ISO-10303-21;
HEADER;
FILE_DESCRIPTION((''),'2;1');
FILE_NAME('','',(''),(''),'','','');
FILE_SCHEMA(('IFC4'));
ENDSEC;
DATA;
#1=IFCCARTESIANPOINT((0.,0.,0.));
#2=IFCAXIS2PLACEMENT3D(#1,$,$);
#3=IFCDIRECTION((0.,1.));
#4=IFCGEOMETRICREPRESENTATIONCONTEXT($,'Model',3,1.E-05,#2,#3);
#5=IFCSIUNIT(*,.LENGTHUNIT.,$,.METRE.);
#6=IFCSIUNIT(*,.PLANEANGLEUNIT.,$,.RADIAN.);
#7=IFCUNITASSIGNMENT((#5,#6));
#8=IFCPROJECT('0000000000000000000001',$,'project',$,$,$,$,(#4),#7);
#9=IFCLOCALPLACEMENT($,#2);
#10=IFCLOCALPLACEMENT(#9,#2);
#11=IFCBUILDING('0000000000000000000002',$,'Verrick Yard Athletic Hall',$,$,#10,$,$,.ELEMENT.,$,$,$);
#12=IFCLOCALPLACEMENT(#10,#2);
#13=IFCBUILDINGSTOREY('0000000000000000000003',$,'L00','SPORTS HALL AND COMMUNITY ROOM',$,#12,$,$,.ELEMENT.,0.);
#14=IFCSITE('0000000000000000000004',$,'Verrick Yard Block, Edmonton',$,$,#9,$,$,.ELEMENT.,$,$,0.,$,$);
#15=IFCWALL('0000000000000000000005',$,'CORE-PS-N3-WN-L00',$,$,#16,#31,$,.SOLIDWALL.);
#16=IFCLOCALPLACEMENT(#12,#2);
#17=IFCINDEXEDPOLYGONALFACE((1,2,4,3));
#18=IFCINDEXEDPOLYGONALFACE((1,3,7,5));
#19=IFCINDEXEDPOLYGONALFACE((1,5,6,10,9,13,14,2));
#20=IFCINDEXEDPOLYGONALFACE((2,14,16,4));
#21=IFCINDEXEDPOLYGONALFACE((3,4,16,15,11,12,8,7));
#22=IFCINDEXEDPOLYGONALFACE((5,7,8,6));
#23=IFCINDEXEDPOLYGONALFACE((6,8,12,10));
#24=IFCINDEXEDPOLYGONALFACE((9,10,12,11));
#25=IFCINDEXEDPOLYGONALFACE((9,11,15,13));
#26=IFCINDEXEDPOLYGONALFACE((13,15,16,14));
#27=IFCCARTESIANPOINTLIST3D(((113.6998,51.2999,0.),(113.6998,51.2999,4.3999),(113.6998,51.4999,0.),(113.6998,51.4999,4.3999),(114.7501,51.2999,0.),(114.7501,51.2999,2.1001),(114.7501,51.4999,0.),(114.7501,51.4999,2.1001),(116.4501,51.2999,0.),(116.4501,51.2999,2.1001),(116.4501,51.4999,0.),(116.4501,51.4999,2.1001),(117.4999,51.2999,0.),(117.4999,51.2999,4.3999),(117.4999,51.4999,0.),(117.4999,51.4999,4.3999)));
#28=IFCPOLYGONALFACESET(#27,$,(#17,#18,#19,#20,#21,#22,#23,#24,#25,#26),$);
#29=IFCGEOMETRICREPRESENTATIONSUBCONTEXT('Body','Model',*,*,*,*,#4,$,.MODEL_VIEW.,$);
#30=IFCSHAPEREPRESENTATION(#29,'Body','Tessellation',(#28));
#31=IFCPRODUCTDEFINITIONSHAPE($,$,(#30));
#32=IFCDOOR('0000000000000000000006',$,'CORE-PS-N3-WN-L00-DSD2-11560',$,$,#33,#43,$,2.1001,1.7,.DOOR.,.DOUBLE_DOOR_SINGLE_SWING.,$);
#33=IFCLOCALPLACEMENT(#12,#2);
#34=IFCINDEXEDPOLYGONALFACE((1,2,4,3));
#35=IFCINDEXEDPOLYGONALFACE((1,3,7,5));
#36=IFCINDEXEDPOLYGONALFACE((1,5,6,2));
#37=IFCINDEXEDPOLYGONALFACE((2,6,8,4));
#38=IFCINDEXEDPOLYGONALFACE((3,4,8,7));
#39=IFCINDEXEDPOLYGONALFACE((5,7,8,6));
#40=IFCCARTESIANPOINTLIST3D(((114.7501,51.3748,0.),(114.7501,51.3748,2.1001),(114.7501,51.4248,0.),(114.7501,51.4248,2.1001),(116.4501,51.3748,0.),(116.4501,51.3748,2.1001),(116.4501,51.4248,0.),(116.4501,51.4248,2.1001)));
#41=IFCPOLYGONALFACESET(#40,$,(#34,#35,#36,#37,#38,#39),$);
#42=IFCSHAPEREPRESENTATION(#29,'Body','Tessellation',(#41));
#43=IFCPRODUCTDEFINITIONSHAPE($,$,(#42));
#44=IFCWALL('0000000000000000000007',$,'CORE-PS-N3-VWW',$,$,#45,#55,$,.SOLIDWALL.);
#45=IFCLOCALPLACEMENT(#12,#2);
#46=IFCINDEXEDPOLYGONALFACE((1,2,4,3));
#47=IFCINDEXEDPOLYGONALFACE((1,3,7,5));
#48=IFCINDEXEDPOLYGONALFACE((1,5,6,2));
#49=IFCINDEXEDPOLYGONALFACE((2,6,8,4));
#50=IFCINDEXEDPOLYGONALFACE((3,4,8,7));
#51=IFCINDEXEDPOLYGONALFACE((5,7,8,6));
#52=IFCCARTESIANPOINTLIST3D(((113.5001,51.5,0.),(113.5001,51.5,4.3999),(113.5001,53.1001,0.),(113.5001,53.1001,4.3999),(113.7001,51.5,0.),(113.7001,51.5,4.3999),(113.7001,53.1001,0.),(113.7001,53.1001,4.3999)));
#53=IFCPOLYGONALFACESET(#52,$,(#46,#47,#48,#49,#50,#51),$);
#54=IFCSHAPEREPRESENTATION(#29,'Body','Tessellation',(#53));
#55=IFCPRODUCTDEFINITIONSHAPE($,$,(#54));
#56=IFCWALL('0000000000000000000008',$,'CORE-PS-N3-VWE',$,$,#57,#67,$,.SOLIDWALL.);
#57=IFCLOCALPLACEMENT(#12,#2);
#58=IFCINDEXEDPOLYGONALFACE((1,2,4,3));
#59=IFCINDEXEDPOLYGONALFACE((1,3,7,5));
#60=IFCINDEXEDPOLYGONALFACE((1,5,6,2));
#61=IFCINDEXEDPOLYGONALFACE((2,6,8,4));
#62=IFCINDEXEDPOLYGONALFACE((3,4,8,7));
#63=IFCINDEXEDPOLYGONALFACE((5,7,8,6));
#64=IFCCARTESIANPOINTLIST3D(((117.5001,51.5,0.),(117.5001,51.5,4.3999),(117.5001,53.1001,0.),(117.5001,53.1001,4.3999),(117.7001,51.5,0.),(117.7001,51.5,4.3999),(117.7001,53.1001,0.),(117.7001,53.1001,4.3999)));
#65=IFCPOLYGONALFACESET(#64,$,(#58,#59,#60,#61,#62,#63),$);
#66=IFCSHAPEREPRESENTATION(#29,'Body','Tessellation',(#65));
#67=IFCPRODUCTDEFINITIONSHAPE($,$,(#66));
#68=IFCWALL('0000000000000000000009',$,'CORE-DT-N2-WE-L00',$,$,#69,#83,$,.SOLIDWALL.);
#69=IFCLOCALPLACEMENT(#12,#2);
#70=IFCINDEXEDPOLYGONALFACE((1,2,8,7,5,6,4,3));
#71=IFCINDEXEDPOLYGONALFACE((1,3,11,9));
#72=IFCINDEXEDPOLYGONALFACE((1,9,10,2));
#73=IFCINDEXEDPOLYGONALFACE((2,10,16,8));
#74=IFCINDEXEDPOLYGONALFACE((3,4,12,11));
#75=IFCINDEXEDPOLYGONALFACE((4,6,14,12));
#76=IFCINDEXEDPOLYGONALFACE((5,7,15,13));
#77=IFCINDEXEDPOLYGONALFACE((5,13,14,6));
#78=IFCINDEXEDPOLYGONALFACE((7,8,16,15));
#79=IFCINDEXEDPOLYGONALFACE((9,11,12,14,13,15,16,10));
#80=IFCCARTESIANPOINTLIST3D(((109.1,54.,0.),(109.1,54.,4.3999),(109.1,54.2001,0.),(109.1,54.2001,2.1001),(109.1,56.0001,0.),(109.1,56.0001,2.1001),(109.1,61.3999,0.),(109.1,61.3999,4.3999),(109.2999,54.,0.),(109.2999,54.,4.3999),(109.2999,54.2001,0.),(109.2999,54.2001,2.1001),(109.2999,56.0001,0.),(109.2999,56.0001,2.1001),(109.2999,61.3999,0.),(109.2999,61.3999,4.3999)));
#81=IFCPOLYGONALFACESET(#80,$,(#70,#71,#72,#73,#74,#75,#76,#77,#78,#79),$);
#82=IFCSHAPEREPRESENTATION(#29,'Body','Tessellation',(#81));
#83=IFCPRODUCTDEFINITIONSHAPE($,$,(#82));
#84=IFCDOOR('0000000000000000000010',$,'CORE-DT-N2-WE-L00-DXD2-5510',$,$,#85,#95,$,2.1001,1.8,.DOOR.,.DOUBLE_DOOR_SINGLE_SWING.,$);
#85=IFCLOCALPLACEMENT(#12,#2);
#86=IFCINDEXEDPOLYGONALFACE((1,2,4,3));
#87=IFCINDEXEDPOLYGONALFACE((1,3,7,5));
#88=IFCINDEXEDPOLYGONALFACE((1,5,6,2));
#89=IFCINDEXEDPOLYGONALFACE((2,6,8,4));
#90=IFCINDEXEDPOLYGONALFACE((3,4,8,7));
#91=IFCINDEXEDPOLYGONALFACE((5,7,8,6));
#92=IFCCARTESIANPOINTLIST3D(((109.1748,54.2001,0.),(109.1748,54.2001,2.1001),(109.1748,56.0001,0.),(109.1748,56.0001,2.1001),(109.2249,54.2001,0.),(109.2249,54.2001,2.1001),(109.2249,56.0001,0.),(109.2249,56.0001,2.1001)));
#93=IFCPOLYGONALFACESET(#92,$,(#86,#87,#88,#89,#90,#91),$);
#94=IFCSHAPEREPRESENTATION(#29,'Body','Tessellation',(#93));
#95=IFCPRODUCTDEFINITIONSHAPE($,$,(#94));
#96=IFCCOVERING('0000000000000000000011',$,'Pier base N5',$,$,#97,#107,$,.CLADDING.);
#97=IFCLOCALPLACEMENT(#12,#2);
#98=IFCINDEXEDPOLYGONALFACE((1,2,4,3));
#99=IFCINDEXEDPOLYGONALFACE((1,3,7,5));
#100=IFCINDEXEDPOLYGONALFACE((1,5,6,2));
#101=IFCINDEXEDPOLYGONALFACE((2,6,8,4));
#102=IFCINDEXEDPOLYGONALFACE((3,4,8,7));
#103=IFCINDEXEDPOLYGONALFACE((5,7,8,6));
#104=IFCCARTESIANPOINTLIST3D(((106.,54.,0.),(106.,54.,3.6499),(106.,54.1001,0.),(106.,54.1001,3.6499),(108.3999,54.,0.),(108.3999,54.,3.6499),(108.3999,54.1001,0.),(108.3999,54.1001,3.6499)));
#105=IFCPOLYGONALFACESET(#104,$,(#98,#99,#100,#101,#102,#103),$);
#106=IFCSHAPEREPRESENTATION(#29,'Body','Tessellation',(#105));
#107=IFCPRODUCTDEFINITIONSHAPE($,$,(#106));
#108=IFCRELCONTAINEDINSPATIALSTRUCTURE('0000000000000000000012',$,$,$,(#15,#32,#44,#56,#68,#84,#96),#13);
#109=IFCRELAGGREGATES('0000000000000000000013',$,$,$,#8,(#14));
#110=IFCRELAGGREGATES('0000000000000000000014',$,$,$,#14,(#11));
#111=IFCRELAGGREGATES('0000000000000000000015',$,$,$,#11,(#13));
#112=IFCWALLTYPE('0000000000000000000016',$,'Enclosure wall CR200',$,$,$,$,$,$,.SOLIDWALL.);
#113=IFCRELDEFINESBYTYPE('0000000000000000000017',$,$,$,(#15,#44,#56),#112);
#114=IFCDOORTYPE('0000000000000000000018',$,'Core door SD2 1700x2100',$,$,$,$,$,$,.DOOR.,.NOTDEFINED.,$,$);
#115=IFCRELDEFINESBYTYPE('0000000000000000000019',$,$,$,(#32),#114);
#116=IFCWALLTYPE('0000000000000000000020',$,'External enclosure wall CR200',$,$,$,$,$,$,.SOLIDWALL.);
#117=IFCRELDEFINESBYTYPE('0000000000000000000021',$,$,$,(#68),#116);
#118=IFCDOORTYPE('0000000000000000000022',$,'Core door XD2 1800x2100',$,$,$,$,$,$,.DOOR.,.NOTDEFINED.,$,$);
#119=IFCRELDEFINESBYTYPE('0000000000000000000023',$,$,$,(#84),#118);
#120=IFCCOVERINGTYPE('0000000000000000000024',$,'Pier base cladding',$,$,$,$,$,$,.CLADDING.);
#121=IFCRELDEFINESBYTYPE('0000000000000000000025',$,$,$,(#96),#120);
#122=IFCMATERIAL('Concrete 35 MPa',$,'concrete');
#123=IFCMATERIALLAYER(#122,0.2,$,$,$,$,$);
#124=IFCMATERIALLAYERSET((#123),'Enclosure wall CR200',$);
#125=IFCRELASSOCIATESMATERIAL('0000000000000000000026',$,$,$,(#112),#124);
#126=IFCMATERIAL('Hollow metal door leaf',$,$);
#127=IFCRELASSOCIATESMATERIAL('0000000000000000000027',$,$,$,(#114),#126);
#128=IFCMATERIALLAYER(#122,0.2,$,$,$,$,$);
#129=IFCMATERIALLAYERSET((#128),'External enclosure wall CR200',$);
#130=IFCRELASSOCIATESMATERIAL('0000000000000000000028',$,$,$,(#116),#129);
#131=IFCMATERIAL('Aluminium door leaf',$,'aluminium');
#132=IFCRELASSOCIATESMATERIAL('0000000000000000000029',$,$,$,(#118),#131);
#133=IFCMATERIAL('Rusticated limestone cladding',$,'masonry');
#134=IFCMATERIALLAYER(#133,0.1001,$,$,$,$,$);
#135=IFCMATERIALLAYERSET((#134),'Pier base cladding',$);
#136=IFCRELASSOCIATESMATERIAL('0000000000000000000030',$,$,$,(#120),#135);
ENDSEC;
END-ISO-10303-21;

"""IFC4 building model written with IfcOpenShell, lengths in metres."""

from ifc_helpers import new_model, si_unit, direction, frame, frame_2d, origin, origin_2d, place, context, subcontext, project, spatial, rectangle, extrude, material, layer, layer_set, type_object, element, fill, save


model = new_model("IFC4")

# Units and contexts
model_context = context("Model", 3, precision=1e-05, world=origin(), true_north=direction((0.0, 1.0)))
body_context = subcontext(model_context, "Body", "Model", "MODEL_VIEW")
ifc_project = project(units=[si_unit("LENGTHUNIT", "METRE"), si_unit("PLANEANGLEUNIT", "RADIAN")], contexts=[model_context])

# Site, building, storey
site_placement = place(None, origin())
site = spatial("IfcSite", under=ifc_project, at=site_placement, Name="Verrick Yard Block, Edmonton", CompositionType="ELEMENT", RefElevation=0.0)
building_placement = place(site_placement, origin())
building = spatial("IfcBuilding", under=site, at=building_placement, Name="Verrick Yard Athletic Hall", CompositionType="ELEMENT")
storey_placement = place(building_placement, origin())
storey = spatial("IfcBuildingStorey", under=building, at=storey_placement, Name="L00", Description="SPORTS HALL AND COMMUNITY ROOM", CompositionType="ELEMENT", Elevation=0.0)

# Shared definitions
ifc_material_1 = material(Name="Concrete 35 MPa", Category="concrete")

# Wall, opening, door
ifc_layer_1 = layer(ifc_material_1, 0.2)
ifc_layer_set_1 = layer_set([ifc_layer_1], Name="Enclosure wall CR200")
wall_type_1 = type_object("IfcWallType", Name="Enclosure wall CR200", PredefinedType="SOLIDWALL", material=ifc_layer_set_1)
wall_1_placement = place(storey_placement, frame((113.7, 51.3999, 0.0), z_axis=(0.0, 0.0, 1.0), x_axis=(1.0, 0.0, 0.0)))
wall_1 = element("IfcWall", 1, at=wall_1_placement, inside=storey, type_object=wall_type_1, Name="CORE-PS-N3-WN-L00", PredefinedType="SOLIDWALL", context=body_context, shape_type="SweptSolid", body=[
    extrude(rectangle(XDim=3.8, YDim=0.2, at=frame_2d((1.8999, 0.0))), origin(), (0.0, 0.0, 1.0), 4.3999),
])
opening_1_placement = place(wall_1_placement, frame((1.05, 0.0, 0.0)))
opening_1 = element("IfcOpeningElement", 2, at=opening_1_placement, cuts=wall_1, PredefinedType="OPENING", context=body_context, shape_type="SweptSolid", body=[
    extrude(rectangle(XDim=1.7, YDim=2.1001, at=frame_2d((0.8501, 1.05))), frame((0.0, 0.1099, 0.0), z_axis=(0.0, -1.0, 0.0), x_axis=(1.0, 0.0, 0.0)), (0.0, 0.0, 1.0), 0.22),
])
ifc_material_2 = material(Name="Hollow metal door leaf")
door_type_1 = type_object("IfcDoorType", Name="Core door SD2 1700x2100", OperationType="NOTDEFINED", PredefinedType="DOOR", material=ifc_material_2)
door_1_placement = place(opening_1_placement, origin())
door_1 = element("IfcDoor", 3, at=door_1_placement, inside=storey, type_object=door_type_1, Name="CORE-PS-N3-WN-L00-DSD2-11560", OperationType="DOUBLE_DOOR_SINGLE_SWING", OverallHeight=2.1001, OverallWidth=1.7, PredefinedType="DOOR", context=body_context, shape_type="SweptSolid", body=[
    extrude(rectangle(XDim=1.7, YDim=2.1001, at=frame_2d((0.8501, 1.05))), frame((0.0, 0.0249, 0.0), z_axis=(0.0, -1.0, 0.0), x_axis=(1.0, 0.0, 0.0)), (0.0, 0.0, 1.0), 0.05),
])
fill(opening_1, door_1)

# Walls
for number, where, z_axis, x_axis, name in (
    (4, (113.6001, 51.5, 0.0), (0.0, 0.0, 1.0), (0.0, 1.0, 0.0), "CORE-PS-N3-VWW"),
    (5, (117.6001, 51.5, 0.0), (0.0, 0.0, 1.0), (0.0, 1.0, 0.0), "CORE-PS-N3-VWE"),
):
    element("IfcWall", number, at=place(storey_placement, frame(where, z_axis=z_axis, x_axis=x_axis)), inside=storey, type_object=wall_type_1, Name=name, PredefinedType="SOLIDWALL", context=body_context, shape_type="SweptSolid", body=[
        extrude(rectangle(XDim=1.6001, YDim=0.2, at=frame_2d((0.8, 0.0))), origin(), (0.0, 0.0, 1.0), 4.3999),
    ])

# Wall, opening, door
ifc_layer_2 = layer(ifc_material_1, 0.2)
ifc_layer_set_2 = layer_set([ifc_layer_2], Name="External enclosure wall CR200")
wall_type_2 = type_object("IfcWallType", Name="External enclosure wall CR200", PredefinedType="SOLIDWALL", material=ifc_layer_set_2)
wall_2_placement = place(storey_placement, frame((109.2, 61.3999, 0.0), z_axis=(0.0, 0.0, 1.0), x_axis=(0.0, -1.0, 0.0)))
wall_2 = element("IfcWall", 6, at=wall_2_placement, inside=storey, type_object=wall_type_2, Name="CORE-DT-N2-WE-L00", PredefinedType="SOLIDWALL", context=body_context, shape_type="SweptSolid", body=[
    extrude(rectangle(XDim=7.3999, YDim=0.2, at=frame_2d((3.7, 0.0))), origin(), (0.0, 0.0, 1.0), 4.3999),
])
opening_2_placement = place(wall_2_placement, frame((5.3999, 0.0, 0.0)))
opening_2 = element("IfcOpeningElement", 7, at=opening_2_placement, cuts=wall_2, PredefinedType="OPENING", context=body_context, shape_type="SweptSolid", body=[
    extrude(rectangle(XDim=1.8, YDim=2.1001, at=frame_2d((0.8999, 1.05))), frame((0.0, 0.1099, 0.0), z_axis=(0.0, -1.0, 0.0), x_axis=(1.0, 0.0, 0.0)), (0.0, 0.0, 1.0), 0.22),
])
ifc_material_3 = material(Name="Aluminium door leaf", Category="aluminium")
door_type_2 = type_object("IfcDoorType", Name="Core door XD2 1800x2100", OperationType="NOTDEFINED", PredefinedType="DOOR", material=ifc_material_3)
door_2_placement = place(opening_2_placement, origin())
door_2 = element("IfcDoor", 8, at=door_2_placement, inside=storey, type_object=door_type_2, Name="CORE-DT-N2-WE-L00-DXD2-5510", OperationType="DOUBLE_DOOR_SINGLE_SWING", OverallHeight=2.1001, OverallWidth=1.8, PredefinedType="DOOR", context=body_context, shape_type="SweptSolid", body=[
    extrude(rectangle(XDim=1.8, YDim=2.1001, at=frame_2d((0.8999, 1.05))), frame((0.0, 0.0249, 0.0), z_axis=(0.0, -1.0, 0.0), x_axis=(1.0, 0.0, 0.0)), (0.0, 0.0, 1.0), 0.05),
])
fill(opening_2, door_2)
ifc_material_4 = material(Name="Rusticated limestone cladding", Category="masonry")

# Covering
ifc_layer_3 = layer(ifc_material_4, 0.1001)
ifc_layer_set_3 = layer_set([ifc_layer_3], Name="Pier base cladding")
covering_type = type_object("IfcCoveringType", Name="Pier base cladding", PredefinedType="CLADDING", material=ifc_layer_set_3)
covering_placement = place(storey_placement, frame((107.2, 54.05, 0.0), z_axis=(0.0, 0.0, 1.0), x_axis=(1.0, 0.0, 0.0)))
element("IfcCovering", 9, at=covering_placement, inside=storey, type_object=covering_type, Name="Pier base N5", PredefinedType="CLADDING", context=body_context, shape_type="SweptSolid", body=[
    extrude(rectangle(XDim=2.3999, YDim=0.1001, at=origin_2d()), origin(), (0.0, 0.0, 1.0), 3.6499),
])

save(model, "model.ifc")
